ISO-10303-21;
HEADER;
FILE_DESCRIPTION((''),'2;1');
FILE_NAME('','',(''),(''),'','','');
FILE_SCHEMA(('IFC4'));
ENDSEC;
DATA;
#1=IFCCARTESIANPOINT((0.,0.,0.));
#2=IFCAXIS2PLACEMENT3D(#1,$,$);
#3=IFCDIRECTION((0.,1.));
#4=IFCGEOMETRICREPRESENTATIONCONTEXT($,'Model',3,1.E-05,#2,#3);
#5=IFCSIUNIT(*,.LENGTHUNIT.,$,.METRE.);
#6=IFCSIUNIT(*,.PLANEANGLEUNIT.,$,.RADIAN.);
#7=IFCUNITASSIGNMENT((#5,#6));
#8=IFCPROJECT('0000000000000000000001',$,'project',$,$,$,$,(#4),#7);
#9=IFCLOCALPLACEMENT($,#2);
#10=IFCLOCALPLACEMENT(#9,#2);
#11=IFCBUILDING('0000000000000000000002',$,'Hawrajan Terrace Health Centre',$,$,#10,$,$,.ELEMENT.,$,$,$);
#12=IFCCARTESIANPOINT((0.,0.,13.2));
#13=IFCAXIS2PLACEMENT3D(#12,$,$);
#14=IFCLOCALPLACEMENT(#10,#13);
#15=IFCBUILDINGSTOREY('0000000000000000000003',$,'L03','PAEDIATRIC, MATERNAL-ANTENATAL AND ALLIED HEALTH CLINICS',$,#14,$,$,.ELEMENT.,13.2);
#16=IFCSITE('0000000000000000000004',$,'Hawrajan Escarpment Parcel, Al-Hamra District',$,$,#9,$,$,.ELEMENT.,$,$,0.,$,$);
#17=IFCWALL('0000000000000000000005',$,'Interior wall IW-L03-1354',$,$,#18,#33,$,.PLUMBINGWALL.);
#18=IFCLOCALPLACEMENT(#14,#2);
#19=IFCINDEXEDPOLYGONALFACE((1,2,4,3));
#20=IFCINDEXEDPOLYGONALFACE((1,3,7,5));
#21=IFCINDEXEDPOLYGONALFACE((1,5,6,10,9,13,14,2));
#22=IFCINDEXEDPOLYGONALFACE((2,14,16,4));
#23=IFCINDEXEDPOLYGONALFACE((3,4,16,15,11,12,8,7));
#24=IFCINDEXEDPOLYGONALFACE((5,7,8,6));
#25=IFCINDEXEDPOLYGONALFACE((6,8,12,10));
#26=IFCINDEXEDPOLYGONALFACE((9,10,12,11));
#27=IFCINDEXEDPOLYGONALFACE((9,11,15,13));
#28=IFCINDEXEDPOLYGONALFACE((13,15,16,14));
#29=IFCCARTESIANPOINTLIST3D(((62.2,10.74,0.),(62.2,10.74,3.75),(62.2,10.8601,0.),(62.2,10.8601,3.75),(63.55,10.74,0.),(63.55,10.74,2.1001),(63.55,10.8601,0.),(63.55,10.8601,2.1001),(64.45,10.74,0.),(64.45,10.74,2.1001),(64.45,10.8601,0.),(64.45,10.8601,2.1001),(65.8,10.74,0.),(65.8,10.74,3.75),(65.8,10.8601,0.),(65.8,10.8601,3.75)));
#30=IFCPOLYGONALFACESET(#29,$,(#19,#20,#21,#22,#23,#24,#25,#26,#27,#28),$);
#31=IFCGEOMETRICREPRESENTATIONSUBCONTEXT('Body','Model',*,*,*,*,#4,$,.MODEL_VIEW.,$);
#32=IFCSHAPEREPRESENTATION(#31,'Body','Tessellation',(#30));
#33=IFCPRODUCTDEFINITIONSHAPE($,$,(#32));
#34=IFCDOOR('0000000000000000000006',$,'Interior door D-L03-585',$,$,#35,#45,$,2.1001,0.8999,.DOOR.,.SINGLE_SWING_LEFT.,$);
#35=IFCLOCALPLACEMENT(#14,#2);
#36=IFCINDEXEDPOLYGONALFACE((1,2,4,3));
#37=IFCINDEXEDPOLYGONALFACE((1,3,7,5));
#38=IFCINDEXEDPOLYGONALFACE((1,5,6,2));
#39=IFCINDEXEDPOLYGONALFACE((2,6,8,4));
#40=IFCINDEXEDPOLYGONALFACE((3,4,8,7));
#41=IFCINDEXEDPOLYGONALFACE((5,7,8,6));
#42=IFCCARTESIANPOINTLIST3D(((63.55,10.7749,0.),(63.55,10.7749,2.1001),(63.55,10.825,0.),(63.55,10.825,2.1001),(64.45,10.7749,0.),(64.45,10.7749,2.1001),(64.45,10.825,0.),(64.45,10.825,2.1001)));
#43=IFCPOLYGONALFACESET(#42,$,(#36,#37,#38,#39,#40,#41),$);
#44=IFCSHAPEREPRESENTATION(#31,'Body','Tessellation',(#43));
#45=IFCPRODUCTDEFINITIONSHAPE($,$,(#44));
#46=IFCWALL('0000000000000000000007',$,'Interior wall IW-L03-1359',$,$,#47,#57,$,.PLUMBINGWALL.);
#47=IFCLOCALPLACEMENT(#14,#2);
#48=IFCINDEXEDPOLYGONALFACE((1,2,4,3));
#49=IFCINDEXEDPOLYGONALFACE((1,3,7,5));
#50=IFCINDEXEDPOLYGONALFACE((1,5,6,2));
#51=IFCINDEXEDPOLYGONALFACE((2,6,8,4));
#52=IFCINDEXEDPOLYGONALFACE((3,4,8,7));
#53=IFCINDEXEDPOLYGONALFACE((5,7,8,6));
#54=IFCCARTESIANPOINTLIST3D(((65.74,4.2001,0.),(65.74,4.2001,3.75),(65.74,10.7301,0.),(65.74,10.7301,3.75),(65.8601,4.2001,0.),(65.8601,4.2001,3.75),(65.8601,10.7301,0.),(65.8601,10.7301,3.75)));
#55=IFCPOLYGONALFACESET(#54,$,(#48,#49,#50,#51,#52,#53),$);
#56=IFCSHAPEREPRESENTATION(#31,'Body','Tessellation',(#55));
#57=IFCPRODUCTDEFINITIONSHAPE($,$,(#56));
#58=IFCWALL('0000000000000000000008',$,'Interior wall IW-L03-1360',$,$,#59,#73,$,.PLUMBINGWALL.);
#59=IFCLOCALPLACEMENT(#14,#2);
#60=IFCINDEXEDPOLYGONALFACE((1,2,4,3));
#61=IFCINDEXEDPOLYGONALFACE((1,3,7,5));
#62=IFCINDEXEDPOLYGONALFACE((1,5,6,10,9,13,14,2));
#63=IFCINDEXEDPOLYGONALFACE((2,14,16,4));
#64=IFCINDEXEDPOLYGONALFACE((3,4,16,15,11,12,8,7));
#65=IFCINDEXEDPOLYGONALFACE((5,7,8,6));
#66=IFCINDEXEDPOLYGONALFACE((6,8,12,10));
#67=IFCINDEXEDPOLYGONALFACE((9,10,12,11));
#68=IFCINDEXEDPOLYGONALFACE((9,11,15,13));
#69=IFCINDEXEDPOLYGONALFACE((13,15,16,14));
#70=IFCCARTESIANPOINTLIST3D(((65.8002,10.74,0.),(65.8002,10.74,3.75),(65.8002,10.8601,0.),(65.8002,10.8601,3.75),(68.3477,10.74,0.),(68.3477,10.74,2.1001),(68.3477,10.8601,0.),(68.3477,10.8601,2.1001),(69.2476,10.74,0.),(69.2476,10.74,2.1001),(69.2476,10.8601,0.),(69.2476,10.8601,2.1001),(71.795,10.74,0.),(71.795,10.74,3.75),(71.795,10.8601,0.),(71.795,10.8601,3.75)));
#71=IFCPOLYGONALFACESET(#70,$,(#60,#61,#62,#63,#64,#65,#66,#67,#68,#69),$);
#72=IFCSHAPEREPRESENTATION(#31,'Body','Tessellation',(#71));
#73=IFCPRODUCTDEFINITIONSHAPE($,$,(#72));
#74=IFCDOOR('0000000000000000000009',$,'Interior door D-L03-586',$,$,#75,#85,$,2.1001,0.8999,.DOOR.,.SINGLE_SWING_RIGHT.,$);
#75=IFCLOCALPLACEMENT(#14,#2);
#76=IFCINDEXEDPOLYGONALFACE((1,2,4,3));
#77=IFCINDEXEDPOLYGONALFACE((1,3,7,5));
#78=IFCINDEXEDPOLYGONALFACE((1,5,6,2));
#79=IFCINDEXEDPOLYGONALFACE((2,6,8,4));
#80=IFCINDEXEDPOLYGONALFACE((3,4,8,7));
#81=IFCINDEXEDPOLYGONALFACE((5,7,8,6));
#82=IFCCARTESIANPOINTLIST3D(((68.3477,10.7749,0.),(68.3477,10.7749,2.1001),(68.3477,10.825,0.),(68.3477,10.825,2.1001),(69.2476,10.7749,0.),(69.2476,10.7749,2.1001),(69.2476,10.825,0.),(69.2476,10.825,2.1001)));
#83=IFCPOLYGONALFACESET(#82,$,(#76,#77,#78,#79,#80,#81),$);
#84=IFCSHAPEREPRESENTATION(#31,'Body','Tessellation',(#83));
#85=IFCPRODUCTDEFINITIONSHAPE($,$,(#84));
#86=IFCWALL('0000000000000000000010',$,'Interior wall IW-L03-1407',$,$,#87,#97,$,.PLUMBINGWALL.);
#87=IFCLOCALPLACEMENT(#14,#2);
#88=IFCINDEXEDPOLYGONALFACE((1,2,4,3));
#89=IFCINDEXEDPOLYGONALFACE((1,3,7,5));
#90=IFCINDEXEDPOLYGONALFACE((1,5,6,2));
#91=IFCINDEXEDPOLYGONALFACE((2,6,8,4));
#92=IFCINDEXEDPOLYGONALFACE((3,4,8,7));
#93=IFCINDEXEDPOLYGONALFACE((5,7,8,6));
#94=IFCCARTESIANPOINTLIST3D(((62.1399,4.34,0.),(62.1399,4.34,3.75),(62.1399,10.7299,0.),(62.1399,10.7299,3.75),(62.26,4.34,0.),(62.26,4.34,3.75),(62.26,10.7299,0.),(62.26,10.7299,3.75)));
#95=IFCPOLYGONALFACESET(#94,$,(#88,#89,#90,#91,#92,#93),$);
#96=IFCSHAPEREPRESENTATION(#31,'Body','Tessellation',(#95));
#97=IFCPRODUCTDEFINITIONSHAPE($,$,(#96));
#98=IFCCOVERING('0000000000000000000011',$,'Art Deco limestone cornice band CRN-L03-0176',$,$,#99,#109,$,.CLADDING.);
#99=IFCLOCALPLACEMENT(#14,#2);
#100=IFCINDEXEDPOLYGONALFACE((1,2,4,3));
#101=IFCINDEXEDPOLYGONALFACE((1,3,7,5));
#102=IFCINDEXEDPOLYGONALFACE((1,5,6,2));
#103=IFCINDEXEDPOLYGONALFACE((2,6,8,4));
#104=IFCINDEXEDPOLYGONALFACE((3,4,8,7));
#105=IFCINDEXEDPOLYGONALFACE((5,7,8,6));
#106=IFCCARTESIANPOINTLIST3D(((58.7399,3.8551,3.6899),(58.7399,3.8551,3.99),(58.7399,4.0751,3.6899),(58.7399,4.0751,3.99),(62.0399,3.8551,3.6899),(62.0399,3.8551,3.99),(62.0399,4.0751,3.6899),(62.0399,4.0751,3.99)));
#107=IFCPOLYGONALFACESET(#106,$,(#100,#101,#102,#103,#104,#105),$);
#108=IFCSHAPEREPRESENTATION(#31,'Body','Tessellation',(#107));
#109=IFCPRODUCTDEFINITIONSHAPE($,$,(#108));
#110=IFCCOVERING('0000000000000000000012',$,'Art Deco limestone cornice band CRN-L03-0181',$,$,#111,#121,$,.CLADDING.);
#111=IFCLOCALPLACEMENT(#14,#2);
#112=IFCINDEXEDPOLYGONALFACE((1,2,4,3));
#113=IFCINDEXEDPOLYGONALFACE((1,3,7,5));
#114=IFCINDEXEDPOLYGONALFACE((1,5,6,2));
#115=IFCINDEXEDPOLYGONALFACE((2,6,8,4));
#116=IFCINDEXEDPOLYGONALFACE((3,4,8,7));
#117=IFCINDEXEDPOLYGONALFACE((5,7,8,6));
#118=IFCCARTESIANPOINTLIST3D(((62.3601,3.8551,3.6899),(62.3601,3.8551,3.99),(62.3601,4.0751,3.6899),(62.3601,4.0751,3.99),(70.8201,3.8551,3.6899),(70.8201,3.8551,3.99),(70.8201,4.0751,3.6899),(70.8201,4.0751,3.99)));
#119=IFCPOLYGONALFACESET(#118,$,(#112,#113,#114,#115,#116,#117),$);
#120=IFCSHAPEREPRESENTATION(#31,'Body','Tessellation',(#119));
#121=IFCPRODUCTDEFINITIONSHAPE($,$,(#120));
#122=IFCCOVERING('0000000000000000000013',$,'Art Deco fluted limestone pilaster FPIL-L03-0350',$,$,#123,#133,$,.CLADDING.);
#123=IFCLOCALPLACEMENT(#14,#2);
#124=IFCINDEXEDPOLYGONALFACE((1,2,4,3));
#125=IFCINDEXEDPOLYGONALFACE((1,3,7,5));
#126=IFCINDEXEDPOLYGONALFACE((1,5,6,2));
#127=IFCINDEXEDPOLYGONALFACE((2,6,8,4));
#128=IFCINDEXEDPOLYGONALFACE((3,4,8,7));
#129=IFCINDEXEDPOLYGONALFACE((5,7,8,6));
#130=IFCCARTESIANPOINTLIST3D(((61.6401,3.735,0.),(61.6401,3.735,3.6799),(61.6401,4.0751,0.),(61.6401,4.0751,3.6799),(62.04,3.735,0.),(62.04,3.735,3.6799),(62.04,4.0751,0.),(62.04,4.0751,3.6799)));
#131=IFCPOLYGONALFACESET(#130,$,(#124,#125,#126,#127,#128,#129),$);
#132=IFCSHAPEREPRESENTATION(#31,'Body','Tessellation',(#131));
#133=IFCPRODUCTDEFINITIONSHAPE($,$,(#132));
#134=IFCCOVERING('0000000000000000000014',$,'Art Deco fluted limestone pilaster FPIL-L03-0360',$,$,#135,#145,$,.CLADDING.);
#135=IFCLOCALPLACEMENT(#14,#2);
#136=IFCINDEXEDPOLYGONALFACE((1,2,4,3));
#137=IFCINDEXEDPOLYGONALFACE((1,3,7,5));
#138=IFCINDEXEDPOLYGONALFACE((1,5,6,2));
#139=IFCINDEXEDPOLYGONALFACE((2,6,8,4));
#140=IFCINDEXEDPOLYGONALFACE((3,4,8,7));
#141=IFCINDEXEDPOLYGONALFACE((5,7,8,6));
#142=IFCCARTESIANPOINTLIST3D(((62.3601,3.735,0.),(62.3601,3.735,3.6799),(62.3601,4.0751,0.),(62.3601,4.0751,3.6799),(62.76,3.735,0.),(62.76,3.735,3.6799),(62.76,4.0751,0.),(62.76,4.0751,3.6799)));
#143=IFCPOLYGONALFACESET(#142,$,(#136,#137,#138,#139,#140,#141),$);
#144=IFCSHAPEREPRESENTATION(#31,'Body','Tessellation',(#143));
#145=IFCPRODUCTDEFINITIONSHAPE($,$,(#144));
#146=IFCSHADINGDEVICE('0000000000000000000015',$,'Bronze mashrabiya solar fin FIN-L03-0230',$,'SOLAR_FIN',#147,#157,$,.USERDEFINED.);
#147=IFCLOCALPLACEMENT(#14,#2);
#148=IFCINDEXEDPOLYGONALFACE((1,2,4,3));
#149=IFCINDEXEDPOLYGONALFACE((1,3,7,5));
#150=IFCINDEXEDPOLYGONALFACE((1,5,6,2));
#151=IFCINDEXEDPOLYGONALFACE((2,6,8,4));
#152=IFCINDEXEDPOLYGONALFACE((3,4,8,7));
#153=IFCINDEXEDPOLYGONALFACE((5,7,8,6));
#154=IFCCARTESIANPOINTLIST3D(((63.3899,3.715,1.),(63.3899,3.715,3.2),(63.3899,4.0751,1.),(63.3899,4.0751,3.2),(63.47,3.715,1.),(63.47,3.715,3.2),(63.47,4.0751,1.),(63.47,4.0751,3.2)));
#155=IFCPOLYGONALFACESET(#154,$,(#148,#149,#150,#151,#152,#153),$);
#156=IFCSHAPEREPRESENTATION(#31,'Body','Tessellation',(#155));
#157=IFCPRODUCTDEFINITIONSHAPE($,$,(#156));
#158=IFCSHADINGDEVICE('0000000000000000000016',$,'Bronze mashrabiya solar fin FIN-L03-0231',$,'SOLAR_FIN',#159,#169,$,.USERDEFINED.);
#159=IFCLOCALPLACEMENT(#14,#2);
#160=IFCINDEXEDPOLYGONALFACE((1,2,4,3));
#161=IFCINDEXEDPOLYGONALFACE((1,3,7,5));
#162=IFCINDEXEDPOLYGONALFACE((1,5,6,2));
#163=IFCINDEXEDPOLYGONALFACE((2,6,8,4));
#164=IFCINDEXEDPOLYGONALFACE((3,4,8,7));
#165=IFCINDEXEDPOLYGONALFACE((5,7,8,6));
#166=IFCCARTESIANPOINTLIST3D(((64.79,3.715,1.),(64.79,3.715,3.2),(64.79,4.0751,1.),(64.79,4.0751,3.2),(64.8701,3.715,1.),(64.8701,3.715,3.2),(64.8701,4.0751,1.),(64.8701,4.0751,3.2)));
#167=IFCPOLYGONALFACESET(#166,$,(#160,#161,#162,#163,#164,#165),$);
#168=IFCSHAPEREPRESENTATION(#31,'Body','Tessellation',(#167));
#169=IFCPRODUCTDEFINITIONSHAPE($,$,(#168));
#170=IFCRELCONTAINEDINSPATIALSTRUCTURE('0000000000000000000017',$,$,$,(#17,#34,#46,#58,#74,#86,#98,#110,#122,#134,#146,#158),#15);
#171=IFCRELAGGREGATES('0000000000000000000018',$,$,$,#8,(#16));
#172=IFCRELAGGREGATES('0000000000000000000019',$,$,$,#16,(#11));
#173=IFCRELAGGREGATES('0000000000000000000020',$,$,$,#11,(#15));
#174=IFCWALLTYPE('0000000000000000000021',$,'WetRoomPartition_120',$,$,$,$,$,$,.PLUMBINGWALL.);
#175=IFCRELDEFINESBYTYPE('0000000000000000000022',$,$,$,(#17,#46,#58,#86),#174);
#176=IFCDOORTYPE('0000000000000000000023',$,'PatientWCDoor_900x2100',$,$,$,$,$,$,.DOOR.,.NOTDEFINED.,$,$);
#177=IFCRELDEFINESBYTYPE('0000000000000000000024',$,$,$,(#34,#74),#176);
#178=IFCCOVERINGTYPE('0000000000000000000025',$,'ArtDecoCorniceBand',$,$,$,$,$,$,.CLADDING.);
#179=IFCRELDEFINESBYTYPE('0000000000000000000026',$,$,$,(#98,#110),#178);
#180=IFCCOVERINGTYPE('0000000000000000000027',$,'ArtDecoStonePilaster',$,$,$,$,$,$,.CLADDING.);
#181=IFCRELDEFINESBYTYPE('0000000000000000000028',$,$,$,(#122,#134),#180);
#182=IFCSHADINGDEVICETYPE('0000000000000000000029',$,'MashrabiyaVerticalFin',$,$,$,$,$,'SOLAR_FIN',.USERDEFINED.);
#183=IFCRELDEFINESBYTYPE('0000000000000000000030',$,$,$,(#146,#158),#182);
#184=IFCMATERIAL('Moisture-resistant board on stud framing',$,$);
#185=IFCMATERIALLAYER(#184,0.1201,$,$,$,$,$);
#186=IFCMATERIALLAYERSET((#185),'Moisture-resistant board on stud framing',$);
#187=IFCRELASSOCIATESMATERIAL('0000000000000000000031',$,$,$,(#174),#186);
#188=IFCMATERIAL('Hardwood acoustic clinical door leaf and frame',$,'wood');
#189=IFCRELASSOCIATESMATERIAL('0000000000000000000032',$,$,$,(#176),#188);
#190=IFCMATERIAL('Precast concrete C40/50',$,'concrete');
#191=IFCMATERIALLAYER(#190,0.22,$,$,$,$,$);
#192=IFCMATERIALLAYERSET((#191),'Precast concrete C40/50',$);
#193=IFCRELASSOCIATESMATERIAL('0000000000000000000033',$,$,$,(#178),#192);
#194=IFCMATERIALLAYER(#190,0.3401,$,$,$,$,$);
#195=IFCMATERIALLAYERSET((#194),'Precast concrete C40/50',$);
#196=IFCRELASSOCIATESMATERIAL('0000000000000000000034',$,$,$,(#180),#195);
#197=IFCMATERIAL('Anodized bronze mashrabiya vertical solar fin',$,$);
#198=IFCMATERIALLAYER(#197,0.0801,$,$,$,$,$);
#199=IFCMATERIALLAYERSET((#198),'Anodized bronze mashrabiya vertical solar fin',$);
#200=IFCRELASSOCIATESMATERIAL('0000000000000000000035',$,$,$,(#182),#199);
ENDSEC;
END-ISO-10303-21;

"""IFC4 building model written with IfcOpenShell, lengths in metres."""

from ifc_helpers import new_model, si_unit, direction, frame, frame_2d, origin, origin_2d, place, context, subcontext, project, spatial, rectangle, extrude, material, layer, layer_set, type_object, element, fill, save


model = new_model("IFC4")

# Units and contexts
model_context = context("Model", 3, precision=1e-05, world=origin(), true_north=direction((0.0, 1.0)))
body_context = subcontext(model_context, "Body", "Model", "MODEL_VIEW")
ifc_project = project(units=[si_unit("LENGTHUNIT", "METRE"), si_unit("PLANEANGLEUNIT", "RADIAN")], contexts=[model_context])

# Site, building, storey
site_placement = place(None, origin())
site = spatial("IfcSite", under=ifc_project, at=site_placement, Name="Hawrajan Escarpment Parcel, Al-Hamra District", CompositionType="ELEMENT", RefElevation=0.0)
building_placement = place(site_placement, origin())
building = spatial("IfcBuilding", under=site, at=building_placement, Name="Hawrajan Terrace Health Centre", CompositionType="ELEMENT")
storey_placement = place(building_placement, frame((0.0, 0.0, 13.2)))
storey = spatial("IfcBuildingStorey", under=building, at=storey_placement, Name="L03", Description="PAEDIATRIC, MATERNAL-ANTENATAL AND ALLIED HEALTH CLINICS", CompositionType="ELEMENT", Elevation=13.2)

# Wall, opening, door
ifc_material_1 = material(Name="Moisture-resistant board on stud framing")
ifc_layer_1 = layer(ifc_material_1, 0.1201)
ifc_layer_set_1 = layer_set([ifc_layer_1], Name="Moisture-resistant board on stud framing")
wall_type_1 = type_object("IfcWallType", Name="WetRoomPartition_120", PredefinedType="PLUMBINGWALL", material=ifc_layer_set_1)
wall_1_placement = place(storey_placement, frame((62.2, 10.8, 0.0), z_axis=(0.0, 0.0, 1.0), x_axis=(1.0, 0.0, 0.0)))
wall_1 = element("IfcWall", 1, at=wall_1_placement, inside=storey, type_object=wall_type_1, Name="Interior wall IW-L03-1354", PredefinedType="PLUMBINGWALL", context=body_context, shape_type="SweptSolid", body=[
    extrude(rectangle(XDim=3.6001, YDim=0.1201, at=frame_2d((1.8, 0.0))), origin(), (0.0, 0.0, 1.0), 3.75),
])
opening_1_placement = place(wall_1_placement, frame((1.3501, 0.0, 0.0)))
opening_1 = element("IfcOpeningElement", 2, at=opening_1_placement, cuts=wall_1, PredefinedType="OPENING", context=body_context, shape_type="SweptSolid", body=[
    extrude(rectangle(XDim=0.8999, YDim=2.1001, at=frame_2d((0.45, 1.05))), frame((0.0, 0.0701, 0.0), z_axis=(0.0, -1.0, 0.0), x_axis=(1.0, 0.0, 0.0)), (0.0, 0.0, 1.0), 0.1401),
])
ifc_material_2 = material(Name="Hardwood acoustic clinical door leaf and frame", Category="wood")
door_type = type_object("IfcDoorType", Name="PatientWCDoor_900x2100", OperationType="NOTDEFINED", PredefinedType="DOOR", material=ifc_material_2)
door_1_placement = place(opening_1_placement, origin())
door_1 = element("IfcDoor", 3, at=door_1_placement, inside=storey, type_object=door_type, Name="Interior door D-L03-585", OperationType="SINGLE_SWING_LEFT", OverallHeight=2.1001, OverallWidth=0.8999, PredefinedType="DOOR", context=body_context, shape_type="SweptSolid", body=[
    extrude(rectangle(XDim=0.8999, YDim=2.1001, at=frame_2d((0.45, 1.05))), frame((0.0, 0.0249, 0.0), z_axis=(0.0, -1.0, 0.0), x_axis=(1.0, 0.0, 0.0)), (0.0, 0.0, 1.0), 0.05),
])
fill(opening_1, door_1)

# Wall
wall_2_placement = place(storey_placement, frame((65.8, 4.2, 0.0), z_axis=(0.0, 0.0, 1.0), x_axis=(0.0, 1.0, 0.0)))
element("IfcWall", 4, at=wall_2_placement, inside=storey, type_object=wall_type_1, Name="Interior wall IW-L03-1359", PredefinedType="PLUMBINGWALL", context=body_context, shape_type="SweptSolid", body=[
    extrude(rectangle(XDim=6.53, YDim=0.1201, at=frame_2d((3.2651, 0.0))), origin(), (0.0, 0.0, 1.0), 3.75),
])

# Wall, opening, door
wall_3_placement = place(storey_placement, frame((65.8, 10.8, 0.0), z_axis=(0.0, 0.0, 1.0), x_axis=(1.0, 0.0, 0.0)))
wall_3 = element("IfcWall", 5, at=wall_3_placement, inside=storey, type_object=wall_type_1, Name="Interior wall IW-L03-1360", PredefinedType="PLUMBINGWALL", context=body_context, shape_type="SweptSolid", body=[
    extrude(rectangle(XDim=5.9949, YDim=0.1201, at=frame_2d((2.9976, 0.0))), origin(), (0.0, 0.0, 1.0), 3.75),
])
opening_2_placement = place(wall_3_placement, frame((2.5476, 0.0, 0.0)))
opening_2 = element("IfcOpeningElement", 6, at=opening_2_placement, cuts=wall_3, PredefinedType="OPENING", context=body_context, shape_type="SweptSolid", body=[
    extrude(rectangle(XDim=0.8999, YDim=2.1001, at=frame_2d((0.45, 1.05))), frame((0.0, 0.0701, 0.0), z_axis=(0.0, -1.0, 0.0), x_axis=(1.0, 0.0, 0.0)), (0.0, 0.0, 1.0), 0.1401),
])
door_2_placement = place(opening_2_placement, origin())
door_2 = element("IfcDoor", 7, at=door_2_placement, inside=storey, type_object=door_type, Name="Interior door D-L03-586", OperationType="SINGLE_SWING_RIGHT", OverallHeight=2.1001, OverallWidth=0.8999, PredefinedType="DOOR", context=body_context, shape_type="SweptSolid", body=[
    extrude(rectangle(XDim=0.8999, YDim=2.1001, at=frame_2d((0.45, 1.05))), frame((0.0, 0.0249, 0.0), z_axis=(0.0, -1.0, 0.0), x_axis=(1.0, 0.0, 0.0)), (0.0, 0.0, 1.0), 0.05),
])
fill(opening_2, door_2)

# Wall
wall_4_placement = place(storey_placement, frame((62.2, 4.3401, 0.0), z_axis=(0.0, 0.0, 1.0), x_axis=(0.0, 1.0, 0.0)))
element("IfcWall", 8, at=wall_4_placement, inside=storey, type_object=wall_type_1, Name="Interior wall IW-L03-1407", PredefinedType="PLUMBINGWALL", context=body_context, shape_type="SweptSolid", body=[
    extrude(rectangle(XDim=6.3899, YDim=0.1201, at=frame_2d((3.1948, 0.0))), origin(), (0.0, 0.0, 1.0), 3.75),
])

# Coverings
ifc_material_3 = material(Name="Precast concrete C40/50", Category="concrete")
ifc_layer_2 = layer(ifc_material_3, 0.22)
ifc_layer_set_2 = layer_set([ifc_layer_2], Name="Precast concrete C40/50")
covering_type_1 = type_object("IfcCoveringType", Name="ArtDecoCorniceBand", PredefinedType="CLADDING", material=ifc_layer_set_2)
covering_1_placement = place(storey_placement, frame((60.3899, 3.9651, 3.6899), z_axis=(0.0, 0.0, 1.0), x_axis=(1.0, 0.0, 0.0)))
element("IfcCovering", 9, at=covering_1_placement, inside=storey, type_object=covering_type_1, Name="Art Deco limestone cornice band CRN-L03-0176", PredefinedType="CLADDING", context=body_context, shape_type="SweptSolid", body=[
    extrude(rectangle(XDim=3.3, YDim=0.22, at=origin_2d()), origin(), (0.0, 0.0, 1.0), 0.3),
])
covering_2_placement = place(storey_placement, frame((66.5901, 3.9651, 3.6899), z_axis=(0.0, 0.0, 1.0), x_axis=(1.0, 0.0, 0.0)))
element("IfcCovering", 10, at=covering_2_placement, inside=storey, type_object=covering_type_1, Name="Art Deco limestone cornice band CRN-L03-0181", PredefinedType="CLADDING", context=body_context, shape_type="SweptSolid", body=[
    extrude(rectangle(XDim=8.46, YDim=0.22, at=origin_2d()), origin(), (0.0, 0.0, 1.0), 0.3),
])
ifc_layer_3 = layer(ifc_material_3, 0.3401)
ifc_layer_set_3 = layer_set([ifc_layer_3], Name="Precast concrete C40/50")
covering_type_2 = type_object("IfcCoveringType", Name="ArtDecoStonePilaster", PredefinedType="CLADDING", material=ifc_layer_set_3)
for number, where, z_axis, x_axis, name in (
    (11, (61.8401, 3.905, 0.0), (0.0, 0.0, 1.0), (1.0, 0.0, 0.0), "Art Deco fluted limestone pilaster FPIL-L03-0350"),
    (12, (62.5601, 3.905, 0.0), (0.0, 0.0, 1.0), (1.0, 0.0, 0.0), "Art Deco fluted limestone pilaster FPIL-L03-0360"),
):
    element("IfcCovering", number, at=place(storey_placement, frame(where, z_axis=z_axis, x_axis=x_axis)), inside=storey, type_object=covering_type_2, Name=name, PredefinedType="CLADDING", context=body_context, shape_type="SweptSolid", body=[
        extrude(rectangle(XDim=0.3999, YDim=0.3401, at=origin_2d()), origin(), (0.0, 0.0, 1.0), 3.6799),
    ])

# Shading devices
ifc_material_4 = material(Name="Anodized bronze mashrabiya vertical solar fin")
ifc_layer_4 = layer(ifc_material_4, 0.0801)
ifc_layer_set_4 = layer_set([ifc_layer_4], Name="Anodized bronze mashrabiya vertical solar fin")
shading_device_type = type_object("IfcShadingDeviceType", Name="MashrabiyaVerticalFin", ElementType="SOLAR_FIN", PredefinedType="USERDEFINED", material=ifc_layer_set_4)
for number, where, z_axis, x_axis, name in (
    (13, (63.4299, 3.895, 1.0), (0.0, 0.0, 1.0), (1.0, 0.0, 0.0), "Bronze mashrabiya solar fin FIN-L03-0230"),
    (14, (64.8301, 3.895, 1.0), (0.0, 0.0, 1.0), (1.0, 0.0, 0.0), "Bronze mashrabiya solar fin FIN-L03-0231"),
):
    element("IfcShadingDevice", number, at=place(storey_placement, frame(where, z_axis=z_axis, x_axis=x_axis)), inside=storey, type_object=shading_device_type, Name=name, ObjectType="SOLAR_FIN", PredefinedType="USERDEFINED", context=body_context, shape_type="SweptSolid", body=[
        extrude(rectangle(XDim=0.0801, YDim=0.3601, at=origin_2d()), origin(), (0.0, 0.0, 1.0), 2.2),
    ])

save(model, "model.ifc")
